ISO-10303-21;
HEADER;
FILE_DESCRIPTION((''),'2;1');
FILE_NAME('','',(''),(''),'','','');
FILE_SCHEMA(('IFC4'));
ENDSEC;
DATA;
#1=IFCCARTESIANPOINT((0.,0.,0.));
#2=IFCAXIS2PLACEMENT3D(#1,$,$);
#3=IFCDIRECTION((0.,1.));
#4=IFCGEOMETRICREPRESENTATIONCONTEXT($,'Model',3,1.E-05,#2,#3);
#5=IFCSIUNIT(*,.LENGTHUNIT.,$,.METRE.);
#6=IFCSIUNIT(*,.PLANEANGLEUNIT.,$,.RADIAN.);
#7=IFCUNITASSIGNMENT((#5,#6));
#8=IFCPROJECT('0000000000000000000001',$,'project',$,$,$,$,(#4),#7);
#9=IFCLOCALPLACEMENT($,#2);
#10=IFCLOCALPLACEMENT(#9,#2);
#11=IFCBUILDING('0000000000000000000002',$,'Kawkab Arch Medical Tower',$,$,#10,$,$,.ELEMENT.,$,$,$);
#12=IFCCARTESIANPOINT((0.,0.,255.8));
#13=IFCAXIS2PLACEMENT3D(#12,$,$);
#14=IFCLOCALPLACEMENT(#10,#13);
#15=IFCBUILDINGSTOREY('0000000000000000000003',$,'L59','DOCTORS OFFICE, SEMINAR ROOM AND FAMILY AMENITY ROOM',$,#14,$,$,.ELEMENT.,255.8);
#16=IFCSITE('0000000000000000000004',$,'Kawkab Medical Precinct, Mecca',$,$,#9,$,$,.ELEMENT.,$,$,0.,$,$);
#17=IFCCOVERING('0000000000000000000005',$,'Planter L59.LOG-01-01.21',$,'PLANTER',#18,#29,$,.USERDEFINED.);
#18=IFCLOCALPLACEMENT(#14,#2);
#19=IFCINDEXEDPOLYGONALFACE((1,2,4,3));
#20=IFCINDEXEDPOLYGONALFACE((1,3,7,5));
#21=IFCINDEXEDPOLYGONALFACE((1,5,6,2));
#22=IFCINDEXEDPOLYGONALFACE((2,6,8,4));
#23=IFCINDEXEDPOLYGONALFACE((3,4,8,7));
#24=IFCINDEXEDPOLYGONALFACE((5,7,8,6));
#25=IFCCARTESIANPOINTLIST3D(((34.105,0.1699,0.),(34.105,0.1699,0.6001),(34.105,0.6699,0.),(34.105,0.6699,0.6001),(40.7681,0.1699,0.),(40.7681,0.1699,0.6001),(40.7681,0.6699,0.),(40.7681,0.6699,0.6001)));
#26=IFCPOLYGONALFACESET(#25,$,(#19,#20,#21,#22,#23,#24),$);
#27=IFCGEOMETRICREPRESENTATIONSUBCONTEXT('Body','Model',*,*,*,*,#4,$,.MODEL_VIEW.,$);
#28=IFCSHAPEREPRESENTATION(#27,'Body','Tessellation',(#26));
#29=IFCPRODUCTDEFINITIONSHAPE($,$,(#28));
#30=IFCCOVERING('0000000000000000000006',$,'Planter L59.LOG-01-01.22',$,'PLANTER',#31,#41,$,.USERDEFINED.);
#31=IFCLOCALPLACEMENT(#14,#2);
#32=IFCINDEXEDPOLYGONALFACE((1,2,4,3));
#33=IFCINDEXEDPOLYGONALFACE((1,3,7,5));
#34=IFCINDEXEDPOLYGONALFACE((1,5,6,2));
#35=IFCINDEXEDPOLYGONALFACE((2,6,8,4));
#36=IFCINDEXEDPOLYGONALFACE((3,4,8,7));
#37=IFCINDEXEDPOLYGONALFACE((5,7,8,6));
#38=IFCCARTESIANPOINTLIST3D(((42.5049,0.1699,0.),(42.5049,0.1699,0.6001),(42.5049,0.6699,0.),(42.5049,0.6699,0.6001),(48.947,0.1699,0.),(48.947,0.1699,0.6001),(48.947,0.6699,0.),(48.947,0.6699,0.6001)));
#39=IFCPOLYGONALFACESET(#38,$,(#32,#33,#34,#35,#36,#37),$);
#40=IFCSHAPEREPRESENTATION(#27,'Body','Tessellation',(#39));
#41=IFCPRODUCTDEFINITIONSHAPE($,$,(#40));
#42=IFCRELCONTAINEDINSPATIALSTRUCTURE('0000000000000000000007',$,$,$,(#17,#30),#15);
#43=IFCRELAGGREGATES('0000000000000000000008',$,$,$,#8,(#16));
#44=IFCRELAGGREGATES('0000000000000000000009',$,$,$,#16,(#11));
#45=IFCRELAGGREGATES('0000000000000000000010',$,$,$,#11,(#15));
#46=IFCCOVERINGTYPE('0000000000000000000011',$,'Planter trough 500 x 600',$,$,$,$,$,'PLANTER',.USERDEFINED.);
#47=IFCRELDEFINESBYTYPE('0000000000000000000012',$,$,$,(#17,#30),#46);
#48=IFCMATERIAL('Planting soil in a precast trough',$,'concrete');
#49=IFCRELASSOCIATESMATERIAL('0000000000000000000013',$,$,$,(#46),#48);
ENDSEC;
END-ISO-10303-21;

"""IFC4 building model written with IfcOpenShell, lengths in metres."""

from ifc_helpers import new_model, si_unit, direction, frame, origin, origin_2d, place, context, subcontext, project, spatial, rectangle, extrude, material, material_profile, profile_set, type_object, element, save


model = new_model("IFC4")

# Units and contexts
model_context = context("Model", 3, precision=1e-05, world=origin(), true_north=direction((0.0, 1.0)))
body_context = subcontext(model_context, "Body", "Model", "MODEL_VIEW")
ifc_project = project(units=[si_unit("LENGTHUNIT", "METRE"), si_unit("PLANEANGLEUNIT", "RADIAN")], contexts=[model_context])

# Site, building, storey
site_placement = place(None, origin())
site = spatial("IfcSite", under=ifc_project, at=site_placement, Name="Kawkab Medical Precinct, Mecca", CompositionType="ELEMENT", RefElevation=0.0)
building_placement = place(site_placement, origin())
building = spatial("IfcBuilding", under=site, at=building_placement, Name="Kawkab Arch Medical Tower", CompositionType="ELEMENT")
storey_placement = place(building_placement, frame((0.0, 0.0, 255.8)))
storey = spatial("IfcBuildingStorey", under=building, at=storey_placement, Name="L59", Description="DOCTORS OFFICE, SEMINAR ROOM AND FAMILY AMENITY ROOM", CompositionType="ELEMENT", Elevation=255.8)

# Coverings
ifc_material_1 = material(Name="Planting soil in a precast trough", Category="concrete")
ifc_material_profile_1 = material_profile(ifc_material_1, rectangle(XDim=0.5, YDim=0.6001, at=origin_2d()), Name="Trough 500x600")
ifc_profile_set_1 = profile_set([ifc_material_profile_1], Name="Planting soil in a precast trough")
covering_type_1 = type_object("IfcCoveringType", Name="Planter trough 500 x 600", ElementType="PLANTER", PredefinedType="USERDEFINED", material=ifc_profile_set_1)
covering_1_placement = place(storey_placement, frame((34.105, 0.4199, 0.3), z_axis=(1.0, 0.0, 0.0), x_axis=(0.0, 1.0, 0.0)))
element("IfcCovering", 1, at=covering_1_placement, inside=storey, type_object=covering_type_1, Name="Planter L59.LOG-01-01.21", ObjectType="PLANTER", PredefinedType="USERDEFINED", context=body_context, shape_type="SweptSolid", body=[
    extrude(rectangle(XDim=0.5, YDim=0.6001, at=origin_2d()), origin(), (0.0, 0.0, 1.0), 6.6631),
])
covering_2_placement = place(storey_placement, frame((42.5049, 0.4199, 0.3), z_axis=(1.0, 0.0, 0.0), x_axis=(0.0, 1.0, 0.0)))
element("IfcCovering", 2, at=covering_2_placement, inside=storey, type_object=covering_type_1, Name="Planter L59.LOG-01-01.22", ObjectType="PLANTER", PredefinedType="USERDEFINED", context=body_context, shape_type="SweptSolid", body=[
    extrude(rectangle(XDim=0.5, YDim=0.6001, at=origin_2d()), origin(), (0.0, 0.0, 1.0), 6.4421),
])

save(model, "model.ifc")
